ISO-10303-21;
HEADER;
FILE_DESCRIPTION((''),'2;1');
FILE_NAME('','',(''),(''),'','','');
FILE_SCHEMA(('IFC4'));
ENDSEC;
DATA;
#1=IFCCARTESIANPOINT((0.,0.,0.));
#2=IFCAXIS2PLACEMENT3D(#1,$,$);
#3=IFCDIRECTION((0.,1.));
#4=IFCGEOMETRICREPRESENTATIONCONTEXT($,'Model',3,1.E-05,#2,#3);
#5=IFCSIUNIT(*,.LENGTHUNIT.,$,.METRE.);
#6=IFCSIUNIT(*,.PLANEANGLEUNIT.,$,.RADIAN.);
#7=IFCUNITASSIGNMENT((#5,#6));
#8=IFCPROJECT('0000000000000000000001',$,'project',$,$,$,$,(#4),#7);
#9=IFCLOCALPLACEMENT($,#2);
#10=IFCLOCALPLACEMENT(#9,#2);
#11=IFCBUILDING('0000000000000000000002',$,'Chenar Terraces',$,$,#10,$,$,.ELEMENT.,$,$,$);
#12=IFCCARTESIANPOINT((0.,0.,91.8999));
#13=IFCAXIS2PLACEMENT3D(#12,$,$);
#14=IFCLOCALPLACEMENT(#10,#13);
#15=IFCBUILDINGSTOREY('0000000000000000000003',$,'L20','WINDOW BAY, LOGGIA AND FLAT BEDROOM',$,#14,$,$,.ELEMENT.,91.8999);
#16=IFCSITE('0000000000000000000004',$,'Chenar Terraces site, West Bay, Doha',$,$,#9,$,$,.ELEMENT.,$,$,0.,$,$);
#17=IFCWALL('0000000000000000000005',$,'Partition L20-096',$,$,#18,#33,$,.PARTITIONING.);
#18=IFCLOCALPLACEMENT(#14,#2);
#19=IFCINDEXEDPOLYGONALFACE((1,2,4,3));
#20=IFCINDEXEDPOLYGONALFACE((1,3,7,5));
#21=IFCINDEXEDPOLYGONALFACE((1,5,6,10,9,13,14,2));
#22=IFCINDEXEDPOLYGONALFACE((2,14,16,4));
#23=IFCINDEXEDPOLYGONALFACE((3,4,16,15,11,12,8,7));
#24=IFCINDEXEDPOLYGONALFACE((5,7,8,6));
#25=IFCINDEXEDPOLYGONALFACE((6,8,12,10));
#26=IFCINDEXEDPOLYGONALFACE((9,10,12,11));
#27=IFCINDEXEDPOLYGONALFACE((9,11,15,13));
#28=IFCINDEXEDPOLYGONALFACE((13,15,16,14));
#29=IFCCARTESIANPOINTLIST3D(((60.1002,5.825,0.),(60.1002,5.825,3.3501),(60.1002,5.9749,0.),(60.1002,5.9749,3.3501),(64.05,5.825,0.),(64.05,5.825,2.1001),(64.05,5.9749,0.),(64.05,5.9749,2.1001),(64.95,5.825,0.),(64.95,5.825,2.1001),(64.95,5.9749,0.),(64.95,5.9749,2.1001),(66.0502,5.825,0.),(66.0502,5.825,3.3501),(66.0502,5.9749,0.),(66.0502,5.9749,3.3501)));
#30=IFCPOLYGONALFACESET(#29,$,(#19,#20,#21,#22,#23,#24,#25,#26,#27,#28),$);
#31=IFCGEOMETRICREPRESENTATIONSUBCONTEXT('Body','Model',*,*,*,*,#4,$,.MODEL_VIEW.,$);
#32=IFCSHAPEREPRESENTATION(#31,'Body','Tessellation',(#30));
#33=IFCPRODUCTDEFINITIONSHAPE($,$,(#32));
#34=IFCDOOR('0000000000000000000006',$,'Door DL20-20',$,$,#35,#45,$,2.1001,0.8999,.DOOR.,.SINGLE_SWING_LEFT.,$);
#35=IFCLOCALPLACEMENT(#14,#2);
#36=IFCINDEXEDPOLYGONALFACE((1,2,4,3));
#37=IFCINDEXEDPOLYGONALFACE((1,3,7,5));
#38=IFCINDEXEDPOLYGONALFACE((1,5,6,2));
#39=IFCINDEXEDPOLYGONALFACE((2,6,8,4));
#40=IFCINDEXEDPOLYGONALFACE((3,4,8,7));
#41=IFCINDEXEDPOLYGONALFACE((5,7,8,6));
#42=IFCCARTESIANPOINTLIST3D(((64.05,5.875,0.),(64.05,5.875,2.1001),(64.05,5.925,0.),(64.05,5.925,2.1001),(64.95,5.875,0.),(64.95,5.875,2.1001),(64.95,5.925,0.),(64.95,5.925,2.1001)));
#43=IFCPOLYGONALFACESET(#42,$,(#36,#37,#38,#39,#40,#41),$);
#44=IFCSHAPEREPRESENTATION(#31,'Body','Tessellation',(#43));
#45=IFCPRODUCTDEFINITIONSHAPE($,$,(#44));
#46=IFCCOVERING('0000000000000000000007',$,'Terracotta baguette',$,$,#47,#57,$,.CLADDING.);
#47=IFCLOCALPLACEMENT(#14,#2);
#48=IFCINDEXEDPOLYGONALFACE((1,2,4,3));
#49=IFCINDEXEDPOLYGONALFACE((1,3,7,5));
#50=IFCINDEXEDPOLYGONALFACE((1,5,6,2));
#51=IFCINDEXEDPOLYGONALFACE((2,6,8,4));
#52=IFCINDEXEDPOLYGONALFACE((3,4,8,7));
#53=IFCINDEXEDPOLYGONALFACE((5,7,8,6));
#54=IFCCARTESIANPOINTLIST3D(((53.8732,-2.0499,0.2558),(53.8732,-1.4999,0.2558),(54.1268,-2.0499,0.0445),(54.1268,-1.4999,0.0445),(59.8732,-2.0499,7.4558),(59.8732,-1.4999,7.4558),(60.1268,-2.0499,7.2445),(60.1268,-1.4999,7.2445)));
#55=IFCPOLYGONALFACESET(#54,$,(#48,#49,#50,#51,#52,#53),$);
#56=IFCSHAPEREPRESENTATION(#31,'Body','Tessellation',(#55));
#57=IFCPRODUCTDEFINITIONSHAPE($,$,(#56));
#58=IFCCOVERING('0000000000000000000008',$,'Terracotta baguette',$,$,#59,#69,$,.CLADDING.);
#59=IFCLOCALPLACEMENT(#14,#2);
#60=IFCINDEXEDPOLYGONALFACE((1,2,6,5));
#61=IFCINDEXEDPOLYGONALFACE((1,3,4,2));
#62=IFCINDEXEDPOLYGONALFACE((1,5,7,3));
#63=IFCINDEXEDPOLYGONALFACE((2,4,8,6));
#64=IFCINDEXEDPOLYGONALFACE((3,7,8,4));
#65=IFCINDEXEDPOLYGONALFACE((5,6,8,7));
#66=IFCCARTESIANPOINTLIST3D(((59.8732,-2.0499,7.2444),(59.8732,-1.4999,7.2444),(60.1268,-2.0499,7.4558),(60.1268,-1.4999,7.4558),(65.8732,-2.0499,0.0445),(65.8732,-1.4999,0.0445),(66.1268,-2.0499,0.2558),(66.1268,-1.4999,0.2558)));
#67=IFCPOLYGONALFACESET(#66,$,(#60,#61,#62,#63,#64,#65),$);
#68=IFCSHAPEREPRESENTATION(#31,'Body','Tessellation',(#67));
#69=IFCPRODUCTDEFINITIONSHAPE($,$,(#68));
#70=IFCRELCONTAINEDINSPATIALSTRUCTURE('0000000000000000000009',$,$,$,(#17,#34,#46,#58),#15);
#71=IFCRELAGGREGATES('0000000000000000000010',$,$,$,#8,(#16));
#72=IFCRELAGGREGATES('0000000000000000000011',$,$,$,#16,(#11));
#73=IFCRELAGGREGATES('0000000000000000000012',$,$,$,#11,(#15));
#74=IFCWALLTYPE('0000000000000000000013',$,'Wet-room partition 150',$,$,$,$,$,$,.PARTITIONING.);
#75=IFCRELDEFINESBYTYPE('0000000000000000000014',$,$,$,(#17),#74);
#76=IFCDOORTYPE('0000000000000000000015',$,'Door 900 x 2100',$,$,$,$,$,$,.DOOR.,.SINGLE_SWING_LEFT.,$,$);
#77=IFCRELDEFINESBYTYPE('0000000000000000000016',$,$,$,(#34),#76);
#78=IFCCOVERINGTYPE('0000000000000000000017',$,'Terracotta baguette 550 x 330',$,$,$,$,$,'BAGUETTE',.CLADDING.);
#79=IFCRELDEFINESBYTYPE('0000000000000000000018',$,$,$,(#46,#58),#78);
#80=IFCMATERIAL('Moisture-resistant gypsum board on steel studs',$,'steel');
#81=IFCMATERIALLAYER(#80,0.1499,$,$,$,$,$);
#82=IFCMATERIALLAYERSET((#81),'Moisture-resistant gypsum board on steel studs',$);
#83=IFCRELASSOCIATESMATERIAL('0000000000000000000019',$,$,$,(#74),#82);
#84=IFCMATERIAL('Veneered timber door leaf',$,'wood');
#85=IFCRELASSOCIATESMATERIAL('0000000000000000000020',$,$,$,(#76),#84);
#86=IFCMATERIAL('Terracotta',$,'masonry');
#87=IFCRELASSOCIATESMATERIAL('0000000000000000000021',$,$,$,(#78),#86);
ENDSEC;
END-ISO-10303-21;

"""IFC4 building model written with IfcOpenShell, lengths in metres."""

from ifc_helpers import new_model, si_unit, direction, frame, frame_2d, origin, origin_2d, place, context, subcontext, project, spatial, rectangle, extrude, material, layer, layer_set, material_profile, profile_set, type_object, element, fill, save


model = new_model("IFC4")

# Units and contexts
model_context = context("Model", 3, precision=1e-05, world=origin(), true_north=direction((0.0, 1.0)))
body_context = subcontext(model_context, "Body", "Model", "MODEL_VIEW")
ifc_project = project(units=[si_unit("LENGTHUNIT", "METRE"), si_unit("PLANEANGLEUNIT", "RADIAN")], contexts=[model_context])

# Site, building, storey
site_placement = place(None, origin())
site = spatial("IfcSite", under=ifc_project, at=site_placement, Name="Chenar Terraces site, West Bay, Doha", CompositionType="ELEMENT", RefElevation=0.0)
building_placement = place(site_placement, origin())
building = spatial("IfcBuilding", under=site, at=building_placement, Name="Chenar Terraces", CompositionType="ELEMENT")
storey_placement = place(building_placement, frame((0.0, 0.0, 91.8999)))
storey = spatial("IfcBuildingStorey", under=building, at=storey_placement, Name="L20", Description="WINDOW BAY, LOGGIA AND FLAT BEDROOM", CompositionType="ELEMENT", Elevation=91.8999)

# Shared definitions
ifc_material_1 = material(Name="Moisture-resistant gypsum board on steel studs", Category="steel")
ifc_layer_1 = layer(ifc_material_1, 0.1499)
ifc_layer_set_1 = layer_set([ifc_layer_1], Name="Moisture-resistant gypsum board on steel studs")
wall_type_1 = type_object("IfcWallType", Name="Wet-room partition 150", PredefinedType="PARTITIONING", material=ifc_layer_set_1)

# Wall, opening, door
wall_1_placement = place(storey_placement, frame((60.1001, 5.8999, 0.0), z_axis=(0.0, 0.0, 1.0), x_axis=(1.0, 0.0, 0.0)))
wall_1 = element("IfcWall", 1, at=wall_1_placement, inside=storey, type_object=wall_type_1, Name="Partition L20-096", PredefinedType="PARTITIONING", context=body_context, shape_type="SweptSolid", body=[
    extrude(rectangle(XDim=5.95, YDim=0.1499, at=frame_2d((2.9751, 0.0))), origin(), (0.0, 0.0, 1.0), 3.3501),
])
opening_1_placement = place(wall_1_placement, frame((3.95, 0.0, 0.0)))
opening_1 = element("IfcOpeningElement", 2, at=opening_1_placement, cuts=wall_1, PredefinedType="OPENING", context=body_context, shape_type="SweptSolid", body=[
    extrude(rectangle(XDim=0.8999, YDim=2.1001, at=frame_2d((0.45, 1.05))), frame((0.0, 0.085, 0.0), z_axis=(0.0, -1.0, 0.0), x_axis=(1.0, 0.0, 0.0)), (0.0, 0.0, 1.0), 0.1699),
])
ifc_material_2 = material(Name="Veneered timber door leaf", Category="wood")
door_type_1 = type_object("IfcDoorType", Name="Door 900 x 2100", OperationType="SINGLE_SWING_LEFT", PredefinedType="DOOR", material=ifc_material_2)
door_1_placement = place(opening_1_placement, frame((0.8999, 0.0, 0.0), z_axis=(0.0, 0.0, 1.0), x_axis=(-1.0, 0.0, 0.0)))
door_1 = element("IfcDoor", 3, at=door_1_placement, inside=storey, type_object=door_type_1, Name="Door DL20-20", OperationType="SINGLE_SWING_LEFT", OverallHeight=2.1001, OverallWidth=0.8999, PredefinedType="DOOR", context=body_context, shape_type="SweptSolid", body=[
    extrude(rectangle(XDim=0.8999, YDim=2.1001, at=frame_2d((0.45, 1.05))), frame((0.0, 0.0249, 0.0), z_axis=(0.0, -1.0, 0.0), x_axis=(1.0, 0.0, 0.0)), (0.0, 0.0, 1.0), 0.05),
])
fill(opening_1, door_1)

# Coverings
ifc_material_3 = material(Name="Terracotta", Category="masonry")
ifc_material_profile_1 = material_profile(ifc_material_3, rectangle(XDim=0.55, YDim=0.3301, at=origin_2d()), Name="Terracotta baguette 550 x 330")
ifc_profile_set_1 = profile_set([ifc_material_profile_1], Name="Terracotta")
covering_type = type_object("IfcCoveringType", Name="Terracotta baguette 550 x 330", ElementType="BAGUETTE", PredefinedType="CLADDING", material=ifc_profile_set_1)
for number, where, z_axis, x_axis, name in (
    (4, (54.0, -1.7749, 0.1501), (0.640187, 0.0, 0.768219), (0.0, 1.0, 0.0), "Terracotta baguette"),
    (5, (60.0, -1.7749, 7.3501), (0.640187, 0.0, -0.768219), (0.0, 1.0, 0.0), "Terracotta baguette"),
):
    element("IfcCovering", number, at=place(storey_placement, frame(where, z_axis=z_axis, x_axis=x_axis)), inside=storey, type_object=covering_type, Name=name, PredefinedType="CLADDING", context=body_context, shape_type="SweptSolid", body=[
        extrude(rectangle(XDim=0.55, YDim=0.3301, at=origin_2d()), origin(), (0.0, 0.0, 1.0), 9.3723),
    ])

save(model, "model.ifc")
